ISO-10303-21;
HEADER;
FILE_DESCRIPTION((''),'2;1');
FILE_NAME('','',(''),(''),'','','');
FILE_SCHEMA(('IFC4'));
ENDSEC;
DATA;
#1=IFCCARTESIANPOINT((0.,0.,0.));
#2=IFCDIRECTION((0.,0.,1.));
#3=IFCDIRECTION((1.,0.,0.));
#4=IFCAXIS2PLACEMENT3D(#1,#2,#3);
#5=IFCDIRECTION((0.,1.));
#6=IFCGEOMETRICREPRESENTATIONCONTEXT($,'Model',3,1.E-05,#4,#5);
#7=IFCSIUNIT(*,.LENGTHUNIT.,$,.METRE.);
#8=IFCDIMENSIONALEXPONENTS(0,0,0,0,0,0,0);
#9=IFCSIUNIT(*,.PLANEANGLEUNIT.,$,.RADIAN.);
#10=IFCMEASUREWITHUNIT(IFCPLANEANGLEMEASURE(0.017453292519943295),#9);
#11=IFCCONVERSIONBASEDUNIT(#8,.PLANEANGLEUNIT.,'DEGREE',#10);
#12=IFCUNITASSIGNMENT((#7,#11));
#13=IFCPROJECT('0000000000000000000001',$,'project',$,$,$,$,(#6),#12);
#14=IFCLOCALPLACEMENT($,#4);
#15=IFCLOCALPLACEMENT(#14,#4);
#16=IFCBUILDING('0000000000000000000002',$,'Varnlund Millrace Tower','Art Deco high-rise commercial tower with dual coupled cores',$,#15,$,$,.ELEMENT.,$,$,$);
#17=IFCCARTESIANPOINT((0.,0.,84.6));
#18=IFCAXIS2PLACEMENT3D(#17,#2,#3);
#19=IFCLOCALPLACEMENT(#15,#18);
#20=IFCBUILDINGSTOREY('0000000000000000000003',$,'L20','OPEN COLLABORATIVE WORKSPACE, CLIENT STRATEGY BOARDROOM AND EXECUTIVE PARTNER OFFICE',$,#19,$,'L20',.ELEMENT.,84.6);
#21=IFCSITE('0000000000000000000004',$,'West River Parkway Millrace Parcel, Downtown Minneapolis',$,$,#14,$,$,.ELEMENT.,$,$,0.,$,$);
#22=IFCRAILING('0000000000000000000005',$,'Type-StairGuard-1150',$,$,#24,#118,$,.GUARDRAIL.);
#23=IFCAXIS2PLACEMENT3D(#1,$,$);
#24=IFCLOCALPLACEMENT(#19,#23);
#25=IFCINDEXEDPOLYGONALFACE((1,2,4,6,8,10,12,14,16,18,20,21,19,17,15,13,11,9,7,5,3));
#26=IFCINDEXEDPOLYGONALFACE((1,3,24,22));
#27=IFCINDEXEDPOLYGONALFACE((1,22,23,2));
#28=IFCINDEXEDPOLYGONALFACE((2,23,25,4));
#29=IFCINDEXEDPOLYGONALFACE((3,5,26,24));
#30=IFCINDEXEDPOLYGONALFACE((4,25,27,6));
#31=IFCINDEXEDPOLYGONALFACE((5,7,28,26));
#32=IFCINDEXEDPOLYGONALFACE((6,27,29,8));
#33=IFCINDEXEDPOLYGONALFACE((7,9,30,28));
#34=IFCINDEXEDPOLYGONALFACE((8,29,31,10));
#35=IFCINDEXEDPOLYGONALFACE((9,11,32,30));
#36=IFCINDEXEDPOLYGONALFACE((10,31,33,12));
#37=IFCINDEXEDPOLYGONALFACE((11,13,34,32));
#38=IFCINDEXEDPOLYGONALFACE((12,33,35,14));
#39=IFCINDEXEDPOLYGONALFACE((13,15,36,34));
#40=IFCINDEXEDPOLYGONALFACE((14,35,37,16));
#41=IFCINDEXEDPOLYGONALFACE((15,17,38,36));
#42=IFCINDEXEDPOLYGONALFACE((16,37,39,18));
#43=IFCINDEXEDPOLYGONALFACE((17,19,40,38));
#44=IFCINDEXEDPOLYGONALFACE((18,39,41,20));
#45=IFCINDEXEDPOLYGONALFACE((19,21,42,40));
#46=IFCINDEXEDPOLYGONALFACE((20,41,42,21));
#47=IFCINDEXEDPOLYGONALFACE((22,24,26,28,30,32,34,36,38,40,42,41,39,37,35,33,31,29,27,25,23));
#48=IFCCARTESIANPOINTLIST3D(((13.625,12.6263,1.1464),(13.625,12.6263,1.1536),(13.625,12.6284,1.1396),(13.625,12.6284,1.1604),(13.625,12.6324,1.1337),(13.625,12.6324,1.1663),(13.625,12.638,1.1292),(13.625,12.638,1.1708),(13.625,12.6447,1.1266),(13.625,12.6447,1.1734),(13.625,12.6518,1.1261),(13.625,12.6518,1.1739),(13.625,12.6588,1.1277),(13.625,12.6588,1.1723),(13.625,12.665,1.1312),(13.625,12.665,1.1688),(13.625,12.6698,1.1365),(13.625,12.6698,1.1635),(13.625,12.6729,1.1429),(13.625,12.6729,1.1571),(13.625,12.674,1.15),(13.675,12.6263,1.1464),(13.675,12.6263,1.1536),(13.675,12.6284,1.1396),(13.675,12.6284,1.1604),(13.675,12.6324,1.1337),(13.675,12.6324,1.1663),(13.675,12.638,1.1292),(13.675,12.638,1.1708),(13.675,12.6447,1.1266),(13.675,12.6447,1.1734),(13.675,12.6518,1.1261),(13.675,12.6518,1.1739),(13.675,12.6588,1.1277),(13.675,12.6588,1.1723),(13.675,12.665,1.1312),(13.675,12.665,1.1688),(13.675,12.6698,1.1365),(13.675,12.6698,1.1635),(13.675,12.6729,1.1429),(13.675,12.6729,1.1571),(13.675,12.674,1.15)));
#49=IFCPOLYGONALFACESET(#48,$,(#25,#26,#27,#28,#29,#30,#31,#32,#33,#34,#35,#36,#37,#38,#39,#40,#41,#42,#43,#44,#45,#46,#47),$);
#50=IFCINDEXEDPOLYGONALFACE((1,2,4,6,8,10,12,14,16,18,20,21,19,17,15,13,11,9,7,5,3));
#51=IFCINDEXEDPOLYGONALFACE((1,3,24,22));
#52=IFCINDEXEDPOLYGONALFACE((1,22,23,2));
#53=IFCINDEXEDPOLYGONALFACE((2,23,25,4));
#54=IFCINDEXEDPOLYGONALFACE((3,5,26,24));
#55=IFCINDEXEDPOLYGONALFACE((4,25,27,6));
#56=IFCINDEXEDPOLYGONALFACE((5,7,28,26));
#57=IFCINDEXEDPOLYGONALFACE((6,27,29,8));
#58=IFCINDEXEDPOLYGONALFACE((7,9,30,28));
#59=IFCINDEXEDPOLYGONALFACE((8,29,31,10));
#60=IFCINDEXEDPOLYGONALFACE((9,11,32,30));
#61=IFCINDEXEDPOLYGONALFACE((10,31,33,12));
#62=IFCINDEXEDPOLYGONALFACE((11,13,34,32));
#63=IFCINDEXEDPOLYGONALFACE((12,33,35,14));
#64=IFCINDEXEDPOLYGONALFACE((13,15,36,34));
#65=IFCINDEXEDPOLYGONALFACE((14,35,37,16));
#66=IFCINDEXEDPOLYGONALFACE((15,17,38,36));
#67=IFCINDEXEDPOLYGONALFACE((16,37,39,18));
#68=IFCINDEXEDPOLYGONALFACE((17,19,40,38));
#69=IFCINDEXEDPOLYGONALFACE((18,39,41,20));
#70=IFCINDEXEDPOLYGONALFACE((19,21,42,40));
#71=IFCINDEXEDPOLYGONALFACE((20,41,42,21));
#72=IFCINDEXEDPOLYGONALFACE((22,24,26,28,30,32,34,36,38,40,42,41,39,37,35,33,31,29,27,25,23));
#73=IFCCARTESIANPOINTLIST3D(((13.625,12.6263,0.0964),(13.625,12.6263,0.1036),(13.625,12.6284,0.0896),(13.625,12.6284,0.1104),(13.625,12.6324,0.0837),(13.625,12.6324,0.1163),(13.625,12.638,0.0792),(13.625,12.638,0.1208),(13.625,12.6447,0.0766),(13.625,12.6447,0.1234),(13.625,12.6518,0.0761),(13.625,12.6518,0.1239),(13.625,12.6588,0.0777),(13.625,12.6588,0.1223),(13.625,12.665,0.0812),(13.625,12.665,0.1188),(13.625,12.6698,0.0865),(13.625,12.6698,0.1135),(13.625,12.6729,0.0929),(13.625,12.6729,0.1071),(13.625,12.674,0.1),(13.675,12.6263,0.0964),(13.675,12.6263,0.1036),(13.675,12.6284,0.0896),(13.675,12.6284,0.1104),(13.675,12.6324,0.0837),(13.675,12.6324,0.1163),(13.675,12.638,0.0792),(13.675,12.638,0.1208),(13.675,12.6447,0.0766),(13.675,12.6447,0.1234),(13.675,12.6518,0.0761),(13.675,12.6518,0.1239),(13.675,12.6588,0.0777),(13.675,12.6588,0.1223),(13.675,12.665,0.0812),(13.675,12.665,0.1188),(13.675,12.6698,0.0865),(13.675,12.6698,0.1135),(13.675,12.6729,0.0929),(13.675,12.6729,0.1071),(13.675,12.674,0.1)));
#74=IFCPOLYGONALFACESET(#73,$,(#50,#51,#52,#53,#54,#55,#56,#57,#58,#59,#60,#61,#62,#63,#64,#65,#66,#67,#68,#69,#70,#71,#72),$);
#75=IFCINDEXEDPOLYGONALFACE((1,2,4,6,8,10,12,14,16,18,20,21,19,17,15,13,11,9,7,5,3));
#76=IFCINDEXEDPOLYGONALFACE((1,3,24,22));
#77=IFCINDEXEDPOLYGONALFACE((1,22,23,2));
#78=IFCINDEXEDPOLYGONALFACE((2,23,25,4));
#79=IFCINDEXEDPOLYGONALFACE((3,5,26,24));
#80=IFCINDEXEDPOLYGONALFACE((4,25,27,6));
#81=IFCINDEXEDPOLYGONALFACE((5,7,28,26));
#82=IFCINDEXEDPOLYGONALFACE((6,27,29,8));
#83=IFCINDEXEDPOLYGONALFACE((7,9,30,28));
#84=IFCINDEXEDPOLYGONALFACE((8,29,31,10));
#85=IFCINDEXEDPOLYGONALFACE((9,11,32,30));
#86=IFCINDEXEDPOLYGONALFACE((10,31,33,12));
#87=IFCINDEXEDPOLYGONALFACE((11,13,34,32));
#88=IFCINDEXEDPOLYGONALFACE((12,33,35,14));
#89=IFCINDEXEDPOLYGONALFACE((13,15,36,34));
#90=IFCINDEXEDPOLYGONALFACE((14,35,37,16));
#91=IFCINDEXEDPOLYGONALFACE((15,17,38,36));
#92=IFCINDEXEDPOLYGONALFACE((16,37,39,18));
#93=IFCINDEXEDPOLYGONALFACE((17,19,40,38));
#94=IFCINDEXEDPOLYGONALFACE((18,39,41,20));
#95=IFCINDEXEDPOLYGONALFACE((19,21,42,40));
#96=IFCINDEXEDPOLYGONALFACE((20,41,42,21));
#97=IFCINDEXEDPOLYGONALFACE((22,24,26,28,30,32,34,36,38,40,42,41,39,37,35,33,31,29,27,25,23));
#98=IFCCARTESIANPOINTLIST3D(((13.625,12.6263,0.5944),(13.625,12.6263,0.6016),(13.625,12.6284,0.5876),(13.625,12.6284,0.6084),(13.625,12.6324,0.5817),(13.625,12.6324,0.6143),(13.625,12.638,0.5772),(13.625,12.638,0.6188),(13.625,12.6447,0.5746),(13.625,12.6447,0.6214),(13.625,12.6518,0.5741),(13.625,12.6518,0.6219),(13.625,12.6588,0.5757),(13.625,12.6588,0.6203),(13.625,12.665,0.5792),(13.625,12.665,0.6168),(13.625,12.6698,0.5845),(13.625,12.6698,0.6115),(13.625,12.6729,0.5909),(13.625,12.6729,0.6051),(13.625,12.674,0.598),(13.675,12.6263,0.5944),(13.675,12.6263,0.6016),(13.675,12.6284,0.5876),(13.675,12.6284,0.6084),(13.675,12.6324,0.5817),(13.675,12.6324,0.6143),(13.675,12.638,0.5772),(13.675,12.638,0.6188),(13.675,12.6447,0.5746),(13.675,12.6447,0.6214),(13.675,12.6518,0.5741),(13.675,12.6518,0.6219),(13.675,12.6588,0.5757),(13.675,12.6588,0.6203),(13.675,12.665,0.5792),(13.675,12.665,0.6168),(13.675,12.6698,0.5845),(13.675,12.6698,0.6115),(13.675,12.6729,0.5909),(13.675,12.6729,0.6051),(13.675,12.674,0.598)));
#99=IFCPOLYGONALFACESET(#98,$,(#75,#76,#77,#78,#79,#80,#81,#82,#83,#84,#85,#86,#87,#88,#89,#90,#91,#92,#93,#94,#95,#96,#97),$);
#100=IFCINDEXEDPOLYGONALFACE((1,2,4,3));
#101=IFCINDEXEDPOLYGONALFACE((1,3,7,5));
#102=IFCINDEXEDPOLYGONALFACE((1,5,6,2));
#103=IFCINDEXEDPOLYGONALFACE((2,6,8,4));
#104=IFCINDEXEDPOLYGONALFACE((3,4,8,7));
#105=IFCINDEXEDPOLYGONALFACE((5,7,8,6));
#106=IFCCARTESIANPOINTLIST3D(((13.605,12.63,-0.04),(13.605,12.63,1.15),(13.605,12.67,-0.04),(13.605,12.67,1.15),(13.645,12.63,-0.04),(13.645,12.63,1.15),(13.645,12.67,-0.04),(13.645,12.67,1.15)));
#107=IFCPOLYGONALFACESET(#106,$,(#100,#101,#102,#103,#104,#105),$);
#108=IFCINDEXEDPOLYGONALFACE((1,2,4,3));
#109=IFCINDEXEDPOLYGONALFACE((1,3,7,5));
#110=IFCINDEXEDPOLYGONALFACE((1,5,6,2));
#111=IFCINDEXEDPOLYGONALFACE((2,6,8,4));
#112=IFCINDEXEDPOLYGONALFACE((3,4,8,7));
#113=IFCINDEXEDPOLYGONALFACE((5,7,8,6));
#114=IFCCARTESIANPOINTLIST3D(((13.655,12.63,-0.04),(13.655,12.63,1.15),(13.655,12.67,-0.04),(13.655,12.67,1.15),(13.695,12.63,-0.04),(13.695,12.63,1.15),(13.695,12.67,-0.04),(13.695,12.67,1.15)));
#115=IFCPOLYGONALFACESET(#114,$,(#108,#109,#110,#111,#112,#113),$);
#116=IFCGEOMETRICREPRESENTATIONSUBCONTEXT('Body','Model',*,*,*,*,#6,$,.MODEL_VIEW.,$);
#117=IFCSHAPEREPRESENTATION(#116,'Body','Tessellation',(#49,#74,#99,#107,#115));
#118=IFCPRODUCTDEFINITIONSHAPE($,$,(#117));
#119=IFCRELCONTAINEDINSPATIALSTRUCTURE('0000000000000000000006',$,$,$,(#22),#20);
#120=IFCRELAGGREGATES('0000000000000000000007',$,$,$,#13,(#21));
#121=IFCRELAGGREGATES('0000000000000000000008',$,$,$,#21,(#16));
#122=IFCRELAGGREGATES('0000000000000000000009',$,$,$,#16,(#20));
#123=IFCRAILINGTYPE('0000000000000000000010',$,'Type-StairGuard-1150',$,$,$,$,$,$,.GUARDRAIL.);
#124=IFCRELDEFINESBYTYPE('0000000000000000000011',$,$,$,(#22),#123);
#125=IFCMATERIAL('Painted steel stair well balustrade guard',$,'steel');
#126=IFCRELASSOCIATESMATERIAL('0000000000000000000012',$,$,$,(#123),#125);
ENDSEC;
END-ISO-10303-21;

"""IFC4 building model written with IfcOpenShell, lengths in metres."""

from ifc_helpers import new_model, entity, si_unit, converted_unit, direction, frame, origin_with_axes, origin_2d_with_axis, place, context, subcontext, project, spatial, rectangle, circle, extrude, material, type_object, element, save


model = new_model("IFC4")

# Units and contexts
model_context = context("Model", 3, precision=1e-05, world=origin_with_axes(), true_north=direction((0.0, 1.0)))
body_context = subcontext(model_context, "Body", "Model", "MODEL_VIEW")
ifc_project = project(units=[si_unit("LENGTHUNIT", "METRE"), converted_unit("PLANEANGLEUNIT", "DEGREE", entity("IfcPlaneAngleMeasure", 0.017453292519943295), si_unit("PLANEANGLEUNIT", "RADIAN"), dimensions=[0, 0, 0, 0, 0, 0, 0])], contexts=[model_context])

# Site, building, storey
site_placement = place(None, origin_with_axes())
site = spatial("IfcSite", under=ifc_project, at=site_placement, Name="West River Parkway Millrace Parcel, Downtown Minneapolis", CompositionType="ELEMENT", RefElevation=0.0)
building_placement = place(site_placement, origin_with_axes())
building = spatial("IfcBuilding", under=site, at=building_placement, Name="Varnlund Millrace Tower", Description="Art Deco high-rise commercial tower with dual coupled cores", CompositionType="ELEMENT")
storey_placement = place(building_placement, frame((0.0, 0.0, 84.6), z_axis=(0.0, 0.0, 1.0), x_axis=(1.0, 0.0, 0.0)))
storey = spatial("IfcBuildingStorey", under=building, at=storey_placement, Name="L20", Description="OPEN COLLABORATIVE WORKSPACE, CLIENT STRATEGY BOARDROOM AND EXECUTIVE PARTNER OFFICE", LongName="L20", CompositionType="ELEMENT", Elevation=84.6)

# Railing
ifc_material_1 = material(Name="Painted steel stair well balustrade guard", Category="steel")
railing_type_1 = type_object("IfcRailingType", Name="Type-StairGuard-1150", PredefinedType="GUARDRAIL", material=ifc_material_1)
railing_1_placement = place(storey_placement, frame((0.0, 0.0, -84.6), z_axis=(0.0, 0.0, 1.0), x_axis=(1.0, 0.0, 0.0)))
element("IfcRailing", 1, at=railing_1_placement, inside=storey, type_object=railing_type_1, Name="Type-StairGuard-1150", PredefinedType="GUARDRAIL", context=body_context, shape_type="SweptSolid", body=[
    extrude(circle(Radius=0.024, at=origin_2d_with_axis()), frame((13.625, 12.65, 85.75), z_axis=(1.0, 0.0, 0.0), x_axis=(0.0, 1.0, 0.0)), (0.0, 0.0, 1.0), 0.05),
    extrude(circle(Radius=0.024, at=origin_2d_with_axis()), frame((13.625, 12.65, 84.7), z_axis=(1.0, 0.0, 0.0), x_axis=(0.0, 1.0, 0.0)), (0.0, 0.0, 1.0), 0.05),
    extrude(circle(Radius=0.024, at=origin_2d_with_axis()), frame((13.625, 12.65, 85.198), z_axis=(1.0, 0.0, 0.0), x_axis=(0.0, 1.0, 0.0)), (0.0, 0.0, 1.0), 0.05),
    extrude(rectangle(XDim=0.04, YDim=0.04, at=origin_2d_with_axis()), frame((13.625, 12.65, 84.56), z_axis=(0.0, 0.0, 1.0), x_axis=(1.0, 0.0, 0.0)), (0.0, 0.0, 1.0), 1.19),
    extrude(rectangle(XDim=0.04, YDim=0.04, at=origin_2d_with_axis()), frame((13.675, 12.65, 84.56), z_axis=(0.0, 0.0, 1.0), x_axis=(1.0, 0.0, 0.0)), (0.0, 0.0, 1.0), 1.19),
])

save(model, "model.ifc")
